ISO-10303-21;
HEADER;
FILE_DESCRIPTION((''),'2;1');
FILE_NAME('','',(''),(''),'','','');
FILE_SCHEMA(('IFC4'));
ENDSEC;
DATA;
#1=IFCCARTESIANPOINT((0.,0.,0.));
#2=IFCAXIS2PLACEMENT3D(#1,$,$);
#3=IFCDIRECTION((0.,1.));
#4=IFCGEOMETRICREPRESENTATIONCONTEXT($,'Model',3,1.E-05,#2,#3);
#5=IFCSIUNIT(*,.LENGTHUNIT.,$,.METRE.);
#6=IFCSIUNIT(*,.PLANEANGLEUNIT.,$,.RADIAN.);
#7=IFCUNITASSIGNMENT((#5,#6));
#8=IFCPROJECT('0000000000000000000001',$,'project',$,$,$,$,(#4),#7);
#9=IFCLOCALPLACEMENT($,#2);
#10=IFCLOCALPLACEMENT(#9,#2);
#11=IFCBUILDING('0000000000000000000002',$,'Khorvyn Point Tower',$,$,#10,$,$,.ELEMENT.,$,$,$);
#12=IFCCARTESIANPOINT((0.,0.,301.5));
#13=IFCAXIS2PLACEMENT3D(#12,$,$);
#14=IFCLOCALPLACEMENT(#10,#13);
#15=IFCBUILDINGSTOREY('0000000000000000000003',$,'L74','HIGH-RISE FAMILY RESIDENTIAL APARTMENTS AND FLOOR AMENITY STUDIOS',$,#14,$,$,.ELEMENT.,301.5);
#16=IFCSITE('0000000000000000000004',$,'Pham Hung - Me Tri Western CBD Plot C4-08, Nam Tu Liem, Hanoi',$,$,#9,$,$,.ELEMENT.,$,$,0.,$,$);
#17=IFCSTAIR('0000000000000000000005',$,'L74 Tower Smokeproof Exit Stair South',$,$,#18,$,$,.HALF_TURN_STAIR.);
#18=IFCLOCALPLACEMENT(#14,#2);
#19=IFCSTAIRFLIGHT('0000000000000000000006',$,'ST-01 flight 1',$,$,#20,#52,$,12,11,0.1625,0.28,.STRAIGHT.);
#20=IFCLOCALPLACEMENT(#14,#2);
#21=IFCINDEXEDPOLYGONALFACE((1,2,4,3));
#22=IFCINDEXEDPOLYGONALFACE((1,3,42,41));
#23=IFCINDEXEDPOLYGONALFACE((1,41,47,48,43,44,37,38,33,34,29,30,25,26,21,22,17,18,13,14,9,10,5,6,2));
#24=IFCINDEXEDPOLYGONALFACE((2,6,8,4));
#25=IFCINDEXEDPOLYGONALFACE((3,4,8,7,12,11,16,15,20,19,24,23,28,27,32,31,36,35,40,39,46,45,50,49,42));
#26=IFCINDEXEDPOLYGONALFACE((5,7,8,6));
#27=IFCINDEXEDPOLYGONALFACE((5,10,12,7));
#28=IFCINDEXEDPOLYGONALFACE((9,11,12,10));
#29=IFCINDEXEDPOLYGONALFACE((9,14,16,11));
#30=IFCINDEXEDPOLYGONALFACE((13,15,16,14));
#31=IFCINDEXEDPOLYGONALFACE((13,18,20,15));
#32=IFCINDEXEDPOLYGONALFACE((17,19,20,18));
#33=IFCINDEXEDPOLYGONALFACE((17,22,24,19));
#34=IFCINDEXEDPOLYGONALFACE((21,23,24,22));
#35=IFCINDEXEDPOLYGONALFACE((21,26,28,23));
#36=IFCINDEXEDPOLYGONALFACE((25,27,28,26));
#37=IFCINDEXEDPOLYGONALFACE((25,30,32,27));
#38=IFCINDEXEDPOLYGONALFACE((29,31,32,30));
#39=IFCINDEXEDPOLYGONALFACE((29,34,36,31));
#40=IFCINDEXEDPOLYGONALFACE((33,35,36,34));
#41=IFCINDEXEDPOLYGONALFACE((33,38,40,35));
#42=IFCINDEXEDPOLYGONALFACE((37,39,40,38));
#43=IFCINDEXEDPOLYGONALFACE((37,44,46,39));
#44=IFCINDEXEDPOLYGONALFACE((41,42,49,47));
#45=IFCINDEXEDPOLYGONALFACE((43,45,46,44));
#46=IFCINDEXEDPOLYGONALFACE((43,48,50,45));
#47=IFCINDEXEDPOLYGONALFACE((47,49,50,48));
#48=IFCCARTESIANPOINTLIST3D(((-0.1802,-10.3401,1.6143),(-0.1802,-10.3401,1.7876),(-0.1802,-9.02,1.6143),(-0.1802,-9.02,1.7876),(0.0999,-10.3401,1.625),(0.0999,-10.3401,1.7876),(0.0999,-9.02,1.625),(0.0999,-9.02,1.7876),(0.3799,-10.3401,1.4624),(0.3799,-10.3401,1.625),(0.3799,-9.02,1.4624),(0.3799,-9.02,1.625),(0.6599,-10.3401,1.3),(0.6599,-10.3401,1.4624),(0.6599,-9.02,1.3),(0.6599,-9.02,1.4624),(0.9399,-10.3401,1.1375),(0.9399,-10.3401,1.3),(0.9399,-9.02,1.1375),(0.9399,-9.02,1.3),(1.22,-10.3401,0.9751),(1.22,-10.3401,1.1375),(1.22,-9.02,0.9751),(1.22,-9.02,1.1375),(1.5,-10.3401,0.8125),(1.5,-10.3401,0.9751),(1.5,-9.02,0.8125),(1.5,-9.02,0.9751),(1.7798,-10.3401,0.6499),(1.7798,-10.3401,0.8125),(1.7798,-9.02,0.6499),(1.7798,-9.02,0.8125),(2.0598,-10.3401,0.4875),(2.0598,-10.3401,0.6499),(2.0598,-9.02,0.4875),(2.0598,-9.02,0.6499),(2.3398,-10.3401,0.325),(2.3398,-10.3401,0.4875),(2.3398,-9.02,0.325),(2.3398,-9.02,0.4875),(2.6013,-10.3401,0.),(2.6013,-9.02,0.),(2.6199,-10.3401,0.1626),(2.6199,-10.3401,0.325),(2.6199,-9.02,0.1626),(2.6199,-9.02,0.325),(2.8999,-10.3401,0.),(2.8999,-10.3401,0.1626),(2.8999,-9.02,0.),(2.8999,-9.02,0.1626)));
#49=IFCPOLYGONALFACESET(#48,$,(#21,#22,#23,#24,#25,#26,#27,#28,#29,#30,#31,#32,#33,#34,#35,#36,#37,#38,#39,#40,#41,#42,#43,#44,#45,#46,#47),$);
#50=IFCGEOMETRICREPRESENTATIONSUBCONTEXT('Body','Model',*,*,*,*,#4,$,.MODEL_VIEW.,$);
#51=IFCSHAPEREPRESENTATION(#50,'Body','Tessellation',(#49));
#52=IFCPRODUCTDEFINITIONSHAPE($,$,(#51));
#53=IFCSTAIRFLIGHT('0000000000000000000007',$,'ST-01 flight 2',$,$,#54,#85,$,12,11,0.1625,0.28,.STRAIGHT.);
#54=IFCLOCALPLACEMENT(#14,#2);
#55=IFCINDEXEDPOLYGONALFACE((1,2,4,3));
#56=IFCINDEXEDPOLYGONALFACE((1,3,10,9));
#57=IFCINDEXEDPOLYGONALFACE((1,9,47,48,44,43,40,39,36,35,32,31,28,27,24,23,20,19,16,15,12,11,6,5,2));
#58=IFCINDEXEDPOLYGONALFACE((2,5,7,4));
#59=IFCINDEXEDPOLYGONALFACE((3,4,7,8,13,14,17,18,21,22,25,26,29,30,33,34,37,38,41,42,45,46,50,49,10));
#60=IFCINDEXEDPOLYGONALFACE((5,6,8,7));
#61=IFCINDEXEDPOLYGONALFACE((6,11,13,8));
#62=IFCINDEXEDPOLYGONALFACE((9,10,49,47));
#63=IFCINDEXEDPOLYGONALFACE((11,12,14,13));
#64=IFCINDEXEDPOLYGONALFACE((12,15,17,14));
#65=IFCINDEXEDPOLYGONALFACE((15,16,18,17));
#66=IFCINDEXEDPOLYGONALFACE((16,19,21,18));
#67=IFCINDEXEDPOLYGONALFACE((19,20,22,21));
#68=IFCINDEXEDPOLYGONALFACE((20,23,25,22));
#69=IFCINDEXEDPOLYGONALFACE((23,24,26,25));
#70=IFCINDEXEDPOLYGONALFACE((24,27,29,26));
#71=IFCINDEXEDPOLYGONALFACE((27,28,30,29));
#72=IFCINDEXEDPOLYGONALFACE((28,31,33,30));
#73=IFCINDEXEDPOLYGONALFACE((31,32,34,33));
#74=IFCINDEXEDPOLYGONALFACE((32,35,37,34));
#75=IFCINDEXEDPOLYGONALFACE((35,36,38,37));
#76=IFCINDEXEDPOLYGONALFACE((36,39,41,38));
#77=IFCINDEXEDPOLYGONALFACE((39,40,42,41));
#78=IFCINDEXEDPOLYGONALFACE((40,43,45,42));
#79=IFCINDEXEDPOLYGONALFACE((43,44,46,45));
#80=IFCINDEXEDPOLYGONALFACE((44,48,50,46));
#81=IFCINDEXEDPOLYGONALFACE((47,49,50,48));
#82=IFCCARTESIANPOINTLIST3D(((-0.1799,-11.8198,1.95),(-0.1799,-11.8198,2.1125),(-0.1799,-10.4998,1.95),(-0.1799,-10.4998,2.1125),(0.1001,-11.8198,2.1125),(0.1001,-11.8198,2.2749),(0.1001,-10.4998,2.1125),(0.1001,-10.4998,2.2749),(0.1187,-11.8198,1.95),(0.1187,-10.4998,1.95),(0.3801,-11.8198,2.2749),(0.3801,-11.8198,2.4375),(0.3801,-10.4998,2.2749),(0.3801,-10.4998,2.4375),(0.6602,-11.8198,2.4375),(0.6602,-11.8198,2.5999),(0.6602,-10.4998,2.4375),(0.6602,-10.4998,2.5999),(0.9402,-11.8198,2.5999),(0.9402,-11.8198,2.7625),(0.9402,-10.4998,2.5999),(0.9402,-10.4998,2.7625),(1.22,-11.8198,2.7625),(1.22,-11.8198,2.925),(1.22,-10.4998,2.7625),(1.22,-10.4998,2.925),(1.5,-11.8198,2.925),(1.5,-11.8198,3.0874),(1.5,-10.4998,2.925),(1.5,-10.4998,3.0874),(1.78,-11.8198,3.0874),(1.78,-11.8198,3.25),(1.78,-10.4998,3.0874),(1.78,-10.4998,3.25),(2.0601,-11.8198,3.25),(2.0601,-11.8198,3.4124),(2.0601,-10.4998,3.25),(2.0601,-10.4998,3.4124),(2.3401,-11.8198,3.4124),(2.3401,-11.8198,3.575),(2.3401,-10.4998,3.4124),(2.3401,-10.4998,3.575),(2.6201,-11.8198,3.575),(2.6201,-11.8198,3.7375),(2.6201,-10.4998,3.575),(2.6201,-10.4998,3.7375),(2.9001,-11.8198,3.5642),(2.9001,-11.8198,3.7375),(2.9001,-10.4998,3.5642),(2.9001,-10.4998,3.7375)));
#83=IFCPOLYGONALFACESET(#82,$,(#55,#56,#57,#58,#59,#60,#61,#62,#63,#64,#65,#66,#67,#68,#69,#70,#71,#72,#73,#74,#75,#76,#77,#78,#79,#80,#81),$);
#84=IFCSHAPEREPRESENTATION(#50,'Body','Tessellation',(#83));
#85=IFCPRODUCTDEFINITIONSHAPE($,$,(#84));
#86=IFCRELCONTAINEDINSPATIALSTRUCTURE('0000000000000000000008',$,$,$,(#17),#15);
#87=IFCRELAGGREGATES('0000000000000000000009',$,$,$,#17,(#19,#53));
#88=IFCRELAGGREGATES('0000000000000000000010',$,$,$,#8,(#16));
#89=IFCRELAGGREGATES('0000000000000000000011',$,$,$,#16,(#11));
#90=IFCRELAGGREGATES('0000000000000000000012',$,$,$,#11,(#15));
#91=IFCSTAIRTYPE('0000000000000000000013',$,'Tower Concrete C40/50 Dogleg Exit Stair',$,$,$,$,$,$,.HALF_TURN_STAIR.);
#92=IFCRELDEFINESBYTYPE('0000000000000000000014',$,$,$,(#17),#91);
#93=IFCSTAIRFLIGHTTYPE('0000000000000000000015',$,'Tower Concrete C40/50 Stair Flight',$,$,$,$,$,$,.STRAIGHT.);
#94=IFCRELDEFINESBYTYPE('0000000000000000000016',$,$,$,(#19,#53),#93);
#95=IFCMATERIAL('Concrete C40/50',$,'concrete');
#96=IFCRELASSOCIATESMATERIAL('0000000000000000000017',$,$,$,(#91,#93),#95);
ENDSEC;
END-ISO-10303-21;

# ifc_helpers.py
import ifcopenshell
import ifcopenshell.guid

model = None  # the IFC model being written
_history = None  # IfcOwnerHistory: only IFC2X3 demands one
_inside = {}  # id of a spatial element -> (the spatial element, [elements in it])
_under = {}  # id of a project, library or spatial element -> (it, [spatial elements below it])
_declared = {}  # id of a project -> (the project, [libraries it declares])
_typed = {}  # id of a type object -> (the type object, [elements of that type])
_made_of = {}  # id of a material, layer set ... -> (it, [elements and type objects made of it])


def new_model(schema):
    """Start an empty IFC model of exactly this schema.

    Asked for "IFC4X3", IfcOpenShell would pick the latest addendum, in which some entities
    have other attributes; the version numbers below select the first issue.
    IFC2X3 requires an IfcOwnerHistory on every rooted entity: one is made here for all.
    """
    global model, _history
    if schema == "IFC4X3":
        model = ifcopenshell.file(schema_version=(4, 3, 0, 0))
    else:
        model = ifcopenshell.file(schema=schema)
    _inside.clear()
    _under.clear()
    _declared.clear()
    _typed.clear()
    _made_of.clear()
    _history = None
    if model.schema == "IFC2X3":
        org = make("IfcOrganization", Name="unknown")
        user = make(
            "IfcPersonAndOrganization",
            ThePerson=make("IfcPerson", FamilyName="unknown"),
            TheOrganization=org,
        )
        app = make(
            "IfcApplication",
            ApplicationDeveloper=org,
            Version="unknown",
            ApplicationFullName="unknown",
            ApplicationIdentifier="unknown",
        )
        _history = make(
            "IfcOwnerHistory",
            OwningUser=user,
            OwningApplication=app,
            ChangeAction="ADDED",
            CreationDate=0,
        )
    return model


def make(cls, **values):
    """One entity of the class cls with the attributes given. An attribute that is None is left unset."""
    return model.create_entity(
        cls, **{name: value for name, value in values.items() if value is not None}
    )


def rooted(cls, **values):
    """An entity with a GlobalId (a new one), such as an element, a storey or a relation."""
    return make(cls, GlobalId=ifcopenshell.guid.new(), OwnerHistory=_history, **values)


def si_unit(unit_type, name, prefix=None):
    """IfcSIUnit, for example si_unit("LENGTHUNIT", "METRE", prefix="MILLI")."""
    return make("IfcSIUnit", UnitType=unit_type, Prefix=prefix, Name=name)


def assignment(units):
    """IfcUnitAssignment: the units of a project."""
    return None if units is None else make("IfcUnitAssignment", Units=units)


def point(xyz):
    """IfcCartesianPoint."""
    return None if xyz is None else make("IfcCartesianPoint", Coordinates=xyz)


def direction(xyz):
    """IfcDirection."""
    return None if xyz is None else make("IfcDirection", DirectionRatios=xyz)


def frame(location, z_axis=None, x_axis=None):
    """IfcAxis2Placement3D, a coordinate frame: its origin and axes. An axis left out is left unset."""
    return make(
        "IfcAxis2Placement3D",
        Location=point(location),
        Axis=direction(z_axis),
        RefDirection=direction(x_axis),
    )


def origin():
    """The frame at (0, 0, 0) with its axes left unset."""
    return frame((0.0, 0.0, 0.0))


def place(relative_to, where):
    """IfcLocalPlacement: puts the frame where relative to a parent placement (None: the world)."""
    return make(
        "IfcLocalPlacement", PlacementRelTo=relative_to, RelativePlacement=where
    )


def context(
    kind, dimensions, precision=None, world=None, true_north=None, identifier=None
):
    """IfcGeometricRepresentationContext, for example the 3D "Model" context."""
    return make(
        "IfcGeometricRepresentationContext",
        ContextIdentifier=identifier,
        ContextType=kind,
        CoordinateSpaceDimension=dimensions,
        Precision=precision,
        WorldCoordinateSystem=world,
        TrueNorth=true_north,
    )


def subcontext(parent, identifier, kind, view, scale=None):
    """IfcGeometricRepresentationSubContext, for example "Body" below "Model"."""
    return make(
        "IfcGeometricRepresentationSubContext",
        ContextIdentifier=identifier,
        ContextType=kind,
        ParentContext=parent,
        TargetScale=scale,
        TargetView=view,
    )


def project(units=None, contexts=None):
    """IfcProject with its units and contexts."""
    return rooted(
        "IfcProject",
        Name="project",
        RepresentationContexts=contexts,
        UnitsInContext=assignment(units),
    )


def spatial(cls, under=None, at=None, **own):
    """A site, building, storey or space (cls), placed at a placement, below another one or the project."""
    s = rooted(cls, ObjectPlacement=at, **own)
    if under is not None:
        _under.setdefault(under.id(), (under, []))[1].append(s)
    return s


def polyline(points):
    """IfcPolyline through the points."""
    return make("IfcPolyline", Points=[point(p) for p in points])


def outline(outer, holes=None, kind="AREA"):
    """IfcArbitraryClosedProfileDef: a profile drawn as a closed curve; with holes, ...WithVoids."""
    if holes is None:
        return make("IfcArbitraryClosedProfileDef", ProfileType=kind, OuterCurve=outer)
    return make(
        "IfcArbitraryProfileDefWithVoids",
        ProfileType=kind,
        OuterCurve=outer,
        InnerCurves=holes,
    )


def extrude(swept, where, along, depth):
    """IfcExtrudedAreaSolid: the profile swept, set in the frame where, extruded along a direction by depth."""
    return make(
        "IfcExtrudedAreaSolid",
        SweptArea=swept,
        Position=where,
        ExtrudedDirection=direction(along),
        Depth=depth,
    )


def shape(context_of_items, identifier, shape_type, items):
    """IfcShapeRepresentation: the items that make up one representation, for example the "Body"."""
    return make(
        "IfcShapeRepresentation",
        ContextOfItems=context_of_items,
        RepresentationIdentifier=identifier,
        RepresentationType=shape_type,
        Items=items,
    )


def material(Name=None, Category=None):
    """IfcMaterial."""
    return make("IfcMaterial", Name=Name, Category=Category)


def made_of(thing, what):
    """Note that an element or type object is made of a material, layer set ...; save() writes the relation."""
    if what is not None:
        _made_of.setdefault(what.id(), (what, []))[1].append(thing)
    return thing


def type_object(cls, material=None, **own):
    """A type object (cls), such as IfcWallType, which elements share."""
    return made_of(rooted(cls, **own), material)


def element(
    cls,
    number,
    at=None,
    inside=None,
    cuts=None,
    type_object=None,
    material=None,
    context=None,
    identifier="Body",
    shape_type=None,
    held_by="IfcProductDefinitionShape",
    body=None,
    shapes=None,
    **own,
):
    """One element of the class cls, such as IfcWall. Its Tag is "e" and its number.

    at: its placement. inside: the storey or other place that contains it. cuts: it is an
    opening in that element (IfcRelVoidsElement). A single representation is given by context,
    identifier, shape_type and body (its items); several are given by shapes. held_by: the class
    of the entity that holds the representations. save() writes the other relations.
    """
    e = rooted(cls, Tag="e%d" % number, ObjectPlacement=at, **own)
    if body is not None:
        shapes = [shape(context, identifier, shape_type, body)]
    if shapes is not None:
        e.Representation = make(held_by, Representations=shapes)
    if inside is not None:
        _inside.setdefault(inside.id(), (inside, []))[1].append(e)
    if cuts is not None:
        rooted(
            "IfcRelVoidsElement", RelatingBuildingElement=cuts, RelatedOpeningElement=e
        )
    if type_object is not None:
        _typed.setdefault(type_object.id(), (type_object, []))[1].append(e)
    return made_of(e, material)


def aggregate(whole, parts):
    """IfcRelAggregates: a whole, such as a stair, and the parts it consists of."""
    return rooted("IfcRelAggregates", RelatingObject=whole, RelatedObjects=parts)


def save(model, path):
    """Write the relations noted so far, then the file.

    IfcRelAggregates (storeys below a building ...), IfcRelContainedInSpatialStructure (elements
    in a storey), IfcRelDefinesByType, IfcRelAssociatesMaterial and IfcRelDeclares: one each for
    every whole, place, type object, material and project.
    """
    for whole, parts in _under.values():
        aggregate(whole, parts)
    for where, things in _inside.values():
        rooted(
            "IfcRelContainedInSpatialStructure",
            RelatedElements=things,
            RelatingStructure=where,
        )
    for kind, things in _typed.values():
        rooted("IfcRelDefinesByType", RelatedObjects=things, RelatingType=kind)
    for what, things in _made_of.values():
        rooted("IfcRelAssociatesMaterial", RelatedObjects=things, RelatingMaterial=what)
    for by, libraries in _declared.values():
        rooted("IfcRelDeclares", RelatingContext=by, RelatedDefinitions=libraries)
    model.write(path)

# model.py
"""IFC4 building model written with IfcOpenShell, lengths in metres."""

from ifc_helpers import new_model, si_unit, direction, frame, origin, place, context, subcontext, project, spatial, polyline, outline, extrude, material, type_object, element, aggregate, save


model = new_model("IFC4")

# Units and contexts
model_context = context("Model", 3, precision=1e-05, world=origin(), true_north=direction((0.0, 1.0)))
body_context = subcontext(model_context, "Body", "Model", "MODEL_VIEW")
ifc_project = project(units=[si_unit("LENGTHUNIT", "METRE"), si_unit("PLANEANGLEUNIT", "RADIAN")], contexts=[model_context])

# Site, building, storey
site_placement = place(None, origin())
site = spatial("IfcSite", under=ifc_project, at=site_placement, Name="Pham Hung - Me Tri Western CBD Plot C4-08, Nam Tu Liem, Hanoi", CompositionType="ELEMENT", RefElevation=0.0)
building_placement = place(site_placement, origin())
building = spatial("IfcBuilding", under=site, at=building_placement, Name="Khorvyn Point Tower", CompositionType="ELEMENT")
storey_placement = place(building_placement, frame((0.0, 0.0, 301.5)))
storey = spatial("IfcBuildingStorey", under=building, at=storey_placement, Name="L74", Description="HIGH-RISE FAMILY RESIDENTIAL APARTMENTS AND FLOOR AMENITY STUDIOS", CompositionType="ELEMENT", Elevation=301.5)

# Shared definitions
ifc_material_1 = material(Name="Concrete C40/50", Category="concrete")

# Stair, stair flights
stair_type = type_object("IfcStairType", Name="Tower Concrete C40/50 Dogleg Exit Stair", PredefinedType="HALF_TURN_STAIR", material=ifc_material_1)
stair_placement = place(storey_placement, origin())
stair = element("IfcStair", 1, at=stair_placement, inside=storey, type_object=stair_type, Name="L74 Tower Smokeproof Exit Stair South", PredefinedType="HALF_TURN_STAIR")
stair_flight_type = type_object("IfcStairFlightType", Name="Tower Concrete C40/50 Stair Flight", PredefinedType="STRAIGHT", material=ifc_material_1)
stair_flight_1_placement = place(storey_placement, frame((2.8999, -9.6799, 0.0), z_axis=(0.0, 0.0, 1.0), x_axis=(-1.0, 0.0, 0.0)))
stair_flight_1 = element("IfcStairFlight", 2, at=stair_flight_1_placement, type_object=stair_flight_type, Name="ST-01 flight 1", NumberOfRisers=12, NumberOfTreads=11, PredefinedType="STRAIGHT", RiserHeight=0.1625, TreadLength=0.28, context=body_context, shape_type="SweptSolid", body=[
    extrude(outline(polyline([(0.0, 0.0), (0.0, 0.1626), (0.28, 0.1626), (0.28, 0.325), (0.5601, 0.325), (0.5601, 0.4875), (0.8401, 0.4875), (0.8401, 0.6499), (1.1201, 0.6499), (1.1201, 0.8125), (1.3999, 0.8125), (1.3999, 0.9751), (1.6799, 0.9751), (1.6799, 1.1375), (1.96, 1.1375), (1.96, 1.3), (2.24, 1.3), (2.24, 1.4624), (2.52, 1.4624), (2.52, 1.625), (2.8, 1.625), (2.8, 1.7876), (3.0801, 1.7876), (3.0801, 1.95), (3.0801, 1.6143), (0.2986, 0.0), (0.0, 0.0)])), frame((0.0, 0.6602, 0.0), z_axis=(0.0, -1.0, 0.0), x_axis=(1.0, 0.0, 0.0)), (0.0, 0.0, 1.0), 1.3201),
])
stair_flight_2_placement = place(storey_placement, frame((-0.1799, -11.1599, 1.95), z_axis=(0.0, 0.0, 1.0), x_axis=(1.0, 0.0, 0.0)))
stair_flight_2 = element("IfcStairFlight", 3, at=stair_flight_2_placement, type_object=stair_flight_type, Name="ST-01 flight 2", NumberOfRisers=12, NumberOfTreads=11, PredefinedType="STRAIGHT", RiserHeight=0.1625, TreadLength=0.28, context=body_context, shape_type="SweptSolid", body=[
    extrude(outline(polyline([(0.0, 0.0), (0.0, 0.1626), (0.28, 0.1626), (0.28, 0.325), (0.5601, 0.325), (0.5601, 0.4875), (0.8401, 0.4875), (0.8401, 0.6499), (1.1201, 0.6499), (1.1201, 0.8125), (1.3999, 0.8125), (1.3999, 0.9751), (1.6799, 0.9751), (1.6799, 1.1375), (1.96, 1.1375), (1.96, 1.3), (2.24, 1.3), (2.24, 1.4624), (2.52, 1.4624), (2.52, 1.625), (2.8, 1.625), (2.8, 1.7876), (3.0801, 1.7876), (3.0801, 1.95), (3.0801, 1.6143), (0.2986, 0.0), (0.0, 0.0)])), frame((0.0, 0.6602, 0.0), z_axis=(0.0, -1.0, 0.0), x_axis=(1.0, 0.0, 0.0)), (0.0, 0.0, 1.0), 1.3201),
])
aggregate(stair, [stair_flight_1, stair_flight_2])

save(model, "model.ifc")
